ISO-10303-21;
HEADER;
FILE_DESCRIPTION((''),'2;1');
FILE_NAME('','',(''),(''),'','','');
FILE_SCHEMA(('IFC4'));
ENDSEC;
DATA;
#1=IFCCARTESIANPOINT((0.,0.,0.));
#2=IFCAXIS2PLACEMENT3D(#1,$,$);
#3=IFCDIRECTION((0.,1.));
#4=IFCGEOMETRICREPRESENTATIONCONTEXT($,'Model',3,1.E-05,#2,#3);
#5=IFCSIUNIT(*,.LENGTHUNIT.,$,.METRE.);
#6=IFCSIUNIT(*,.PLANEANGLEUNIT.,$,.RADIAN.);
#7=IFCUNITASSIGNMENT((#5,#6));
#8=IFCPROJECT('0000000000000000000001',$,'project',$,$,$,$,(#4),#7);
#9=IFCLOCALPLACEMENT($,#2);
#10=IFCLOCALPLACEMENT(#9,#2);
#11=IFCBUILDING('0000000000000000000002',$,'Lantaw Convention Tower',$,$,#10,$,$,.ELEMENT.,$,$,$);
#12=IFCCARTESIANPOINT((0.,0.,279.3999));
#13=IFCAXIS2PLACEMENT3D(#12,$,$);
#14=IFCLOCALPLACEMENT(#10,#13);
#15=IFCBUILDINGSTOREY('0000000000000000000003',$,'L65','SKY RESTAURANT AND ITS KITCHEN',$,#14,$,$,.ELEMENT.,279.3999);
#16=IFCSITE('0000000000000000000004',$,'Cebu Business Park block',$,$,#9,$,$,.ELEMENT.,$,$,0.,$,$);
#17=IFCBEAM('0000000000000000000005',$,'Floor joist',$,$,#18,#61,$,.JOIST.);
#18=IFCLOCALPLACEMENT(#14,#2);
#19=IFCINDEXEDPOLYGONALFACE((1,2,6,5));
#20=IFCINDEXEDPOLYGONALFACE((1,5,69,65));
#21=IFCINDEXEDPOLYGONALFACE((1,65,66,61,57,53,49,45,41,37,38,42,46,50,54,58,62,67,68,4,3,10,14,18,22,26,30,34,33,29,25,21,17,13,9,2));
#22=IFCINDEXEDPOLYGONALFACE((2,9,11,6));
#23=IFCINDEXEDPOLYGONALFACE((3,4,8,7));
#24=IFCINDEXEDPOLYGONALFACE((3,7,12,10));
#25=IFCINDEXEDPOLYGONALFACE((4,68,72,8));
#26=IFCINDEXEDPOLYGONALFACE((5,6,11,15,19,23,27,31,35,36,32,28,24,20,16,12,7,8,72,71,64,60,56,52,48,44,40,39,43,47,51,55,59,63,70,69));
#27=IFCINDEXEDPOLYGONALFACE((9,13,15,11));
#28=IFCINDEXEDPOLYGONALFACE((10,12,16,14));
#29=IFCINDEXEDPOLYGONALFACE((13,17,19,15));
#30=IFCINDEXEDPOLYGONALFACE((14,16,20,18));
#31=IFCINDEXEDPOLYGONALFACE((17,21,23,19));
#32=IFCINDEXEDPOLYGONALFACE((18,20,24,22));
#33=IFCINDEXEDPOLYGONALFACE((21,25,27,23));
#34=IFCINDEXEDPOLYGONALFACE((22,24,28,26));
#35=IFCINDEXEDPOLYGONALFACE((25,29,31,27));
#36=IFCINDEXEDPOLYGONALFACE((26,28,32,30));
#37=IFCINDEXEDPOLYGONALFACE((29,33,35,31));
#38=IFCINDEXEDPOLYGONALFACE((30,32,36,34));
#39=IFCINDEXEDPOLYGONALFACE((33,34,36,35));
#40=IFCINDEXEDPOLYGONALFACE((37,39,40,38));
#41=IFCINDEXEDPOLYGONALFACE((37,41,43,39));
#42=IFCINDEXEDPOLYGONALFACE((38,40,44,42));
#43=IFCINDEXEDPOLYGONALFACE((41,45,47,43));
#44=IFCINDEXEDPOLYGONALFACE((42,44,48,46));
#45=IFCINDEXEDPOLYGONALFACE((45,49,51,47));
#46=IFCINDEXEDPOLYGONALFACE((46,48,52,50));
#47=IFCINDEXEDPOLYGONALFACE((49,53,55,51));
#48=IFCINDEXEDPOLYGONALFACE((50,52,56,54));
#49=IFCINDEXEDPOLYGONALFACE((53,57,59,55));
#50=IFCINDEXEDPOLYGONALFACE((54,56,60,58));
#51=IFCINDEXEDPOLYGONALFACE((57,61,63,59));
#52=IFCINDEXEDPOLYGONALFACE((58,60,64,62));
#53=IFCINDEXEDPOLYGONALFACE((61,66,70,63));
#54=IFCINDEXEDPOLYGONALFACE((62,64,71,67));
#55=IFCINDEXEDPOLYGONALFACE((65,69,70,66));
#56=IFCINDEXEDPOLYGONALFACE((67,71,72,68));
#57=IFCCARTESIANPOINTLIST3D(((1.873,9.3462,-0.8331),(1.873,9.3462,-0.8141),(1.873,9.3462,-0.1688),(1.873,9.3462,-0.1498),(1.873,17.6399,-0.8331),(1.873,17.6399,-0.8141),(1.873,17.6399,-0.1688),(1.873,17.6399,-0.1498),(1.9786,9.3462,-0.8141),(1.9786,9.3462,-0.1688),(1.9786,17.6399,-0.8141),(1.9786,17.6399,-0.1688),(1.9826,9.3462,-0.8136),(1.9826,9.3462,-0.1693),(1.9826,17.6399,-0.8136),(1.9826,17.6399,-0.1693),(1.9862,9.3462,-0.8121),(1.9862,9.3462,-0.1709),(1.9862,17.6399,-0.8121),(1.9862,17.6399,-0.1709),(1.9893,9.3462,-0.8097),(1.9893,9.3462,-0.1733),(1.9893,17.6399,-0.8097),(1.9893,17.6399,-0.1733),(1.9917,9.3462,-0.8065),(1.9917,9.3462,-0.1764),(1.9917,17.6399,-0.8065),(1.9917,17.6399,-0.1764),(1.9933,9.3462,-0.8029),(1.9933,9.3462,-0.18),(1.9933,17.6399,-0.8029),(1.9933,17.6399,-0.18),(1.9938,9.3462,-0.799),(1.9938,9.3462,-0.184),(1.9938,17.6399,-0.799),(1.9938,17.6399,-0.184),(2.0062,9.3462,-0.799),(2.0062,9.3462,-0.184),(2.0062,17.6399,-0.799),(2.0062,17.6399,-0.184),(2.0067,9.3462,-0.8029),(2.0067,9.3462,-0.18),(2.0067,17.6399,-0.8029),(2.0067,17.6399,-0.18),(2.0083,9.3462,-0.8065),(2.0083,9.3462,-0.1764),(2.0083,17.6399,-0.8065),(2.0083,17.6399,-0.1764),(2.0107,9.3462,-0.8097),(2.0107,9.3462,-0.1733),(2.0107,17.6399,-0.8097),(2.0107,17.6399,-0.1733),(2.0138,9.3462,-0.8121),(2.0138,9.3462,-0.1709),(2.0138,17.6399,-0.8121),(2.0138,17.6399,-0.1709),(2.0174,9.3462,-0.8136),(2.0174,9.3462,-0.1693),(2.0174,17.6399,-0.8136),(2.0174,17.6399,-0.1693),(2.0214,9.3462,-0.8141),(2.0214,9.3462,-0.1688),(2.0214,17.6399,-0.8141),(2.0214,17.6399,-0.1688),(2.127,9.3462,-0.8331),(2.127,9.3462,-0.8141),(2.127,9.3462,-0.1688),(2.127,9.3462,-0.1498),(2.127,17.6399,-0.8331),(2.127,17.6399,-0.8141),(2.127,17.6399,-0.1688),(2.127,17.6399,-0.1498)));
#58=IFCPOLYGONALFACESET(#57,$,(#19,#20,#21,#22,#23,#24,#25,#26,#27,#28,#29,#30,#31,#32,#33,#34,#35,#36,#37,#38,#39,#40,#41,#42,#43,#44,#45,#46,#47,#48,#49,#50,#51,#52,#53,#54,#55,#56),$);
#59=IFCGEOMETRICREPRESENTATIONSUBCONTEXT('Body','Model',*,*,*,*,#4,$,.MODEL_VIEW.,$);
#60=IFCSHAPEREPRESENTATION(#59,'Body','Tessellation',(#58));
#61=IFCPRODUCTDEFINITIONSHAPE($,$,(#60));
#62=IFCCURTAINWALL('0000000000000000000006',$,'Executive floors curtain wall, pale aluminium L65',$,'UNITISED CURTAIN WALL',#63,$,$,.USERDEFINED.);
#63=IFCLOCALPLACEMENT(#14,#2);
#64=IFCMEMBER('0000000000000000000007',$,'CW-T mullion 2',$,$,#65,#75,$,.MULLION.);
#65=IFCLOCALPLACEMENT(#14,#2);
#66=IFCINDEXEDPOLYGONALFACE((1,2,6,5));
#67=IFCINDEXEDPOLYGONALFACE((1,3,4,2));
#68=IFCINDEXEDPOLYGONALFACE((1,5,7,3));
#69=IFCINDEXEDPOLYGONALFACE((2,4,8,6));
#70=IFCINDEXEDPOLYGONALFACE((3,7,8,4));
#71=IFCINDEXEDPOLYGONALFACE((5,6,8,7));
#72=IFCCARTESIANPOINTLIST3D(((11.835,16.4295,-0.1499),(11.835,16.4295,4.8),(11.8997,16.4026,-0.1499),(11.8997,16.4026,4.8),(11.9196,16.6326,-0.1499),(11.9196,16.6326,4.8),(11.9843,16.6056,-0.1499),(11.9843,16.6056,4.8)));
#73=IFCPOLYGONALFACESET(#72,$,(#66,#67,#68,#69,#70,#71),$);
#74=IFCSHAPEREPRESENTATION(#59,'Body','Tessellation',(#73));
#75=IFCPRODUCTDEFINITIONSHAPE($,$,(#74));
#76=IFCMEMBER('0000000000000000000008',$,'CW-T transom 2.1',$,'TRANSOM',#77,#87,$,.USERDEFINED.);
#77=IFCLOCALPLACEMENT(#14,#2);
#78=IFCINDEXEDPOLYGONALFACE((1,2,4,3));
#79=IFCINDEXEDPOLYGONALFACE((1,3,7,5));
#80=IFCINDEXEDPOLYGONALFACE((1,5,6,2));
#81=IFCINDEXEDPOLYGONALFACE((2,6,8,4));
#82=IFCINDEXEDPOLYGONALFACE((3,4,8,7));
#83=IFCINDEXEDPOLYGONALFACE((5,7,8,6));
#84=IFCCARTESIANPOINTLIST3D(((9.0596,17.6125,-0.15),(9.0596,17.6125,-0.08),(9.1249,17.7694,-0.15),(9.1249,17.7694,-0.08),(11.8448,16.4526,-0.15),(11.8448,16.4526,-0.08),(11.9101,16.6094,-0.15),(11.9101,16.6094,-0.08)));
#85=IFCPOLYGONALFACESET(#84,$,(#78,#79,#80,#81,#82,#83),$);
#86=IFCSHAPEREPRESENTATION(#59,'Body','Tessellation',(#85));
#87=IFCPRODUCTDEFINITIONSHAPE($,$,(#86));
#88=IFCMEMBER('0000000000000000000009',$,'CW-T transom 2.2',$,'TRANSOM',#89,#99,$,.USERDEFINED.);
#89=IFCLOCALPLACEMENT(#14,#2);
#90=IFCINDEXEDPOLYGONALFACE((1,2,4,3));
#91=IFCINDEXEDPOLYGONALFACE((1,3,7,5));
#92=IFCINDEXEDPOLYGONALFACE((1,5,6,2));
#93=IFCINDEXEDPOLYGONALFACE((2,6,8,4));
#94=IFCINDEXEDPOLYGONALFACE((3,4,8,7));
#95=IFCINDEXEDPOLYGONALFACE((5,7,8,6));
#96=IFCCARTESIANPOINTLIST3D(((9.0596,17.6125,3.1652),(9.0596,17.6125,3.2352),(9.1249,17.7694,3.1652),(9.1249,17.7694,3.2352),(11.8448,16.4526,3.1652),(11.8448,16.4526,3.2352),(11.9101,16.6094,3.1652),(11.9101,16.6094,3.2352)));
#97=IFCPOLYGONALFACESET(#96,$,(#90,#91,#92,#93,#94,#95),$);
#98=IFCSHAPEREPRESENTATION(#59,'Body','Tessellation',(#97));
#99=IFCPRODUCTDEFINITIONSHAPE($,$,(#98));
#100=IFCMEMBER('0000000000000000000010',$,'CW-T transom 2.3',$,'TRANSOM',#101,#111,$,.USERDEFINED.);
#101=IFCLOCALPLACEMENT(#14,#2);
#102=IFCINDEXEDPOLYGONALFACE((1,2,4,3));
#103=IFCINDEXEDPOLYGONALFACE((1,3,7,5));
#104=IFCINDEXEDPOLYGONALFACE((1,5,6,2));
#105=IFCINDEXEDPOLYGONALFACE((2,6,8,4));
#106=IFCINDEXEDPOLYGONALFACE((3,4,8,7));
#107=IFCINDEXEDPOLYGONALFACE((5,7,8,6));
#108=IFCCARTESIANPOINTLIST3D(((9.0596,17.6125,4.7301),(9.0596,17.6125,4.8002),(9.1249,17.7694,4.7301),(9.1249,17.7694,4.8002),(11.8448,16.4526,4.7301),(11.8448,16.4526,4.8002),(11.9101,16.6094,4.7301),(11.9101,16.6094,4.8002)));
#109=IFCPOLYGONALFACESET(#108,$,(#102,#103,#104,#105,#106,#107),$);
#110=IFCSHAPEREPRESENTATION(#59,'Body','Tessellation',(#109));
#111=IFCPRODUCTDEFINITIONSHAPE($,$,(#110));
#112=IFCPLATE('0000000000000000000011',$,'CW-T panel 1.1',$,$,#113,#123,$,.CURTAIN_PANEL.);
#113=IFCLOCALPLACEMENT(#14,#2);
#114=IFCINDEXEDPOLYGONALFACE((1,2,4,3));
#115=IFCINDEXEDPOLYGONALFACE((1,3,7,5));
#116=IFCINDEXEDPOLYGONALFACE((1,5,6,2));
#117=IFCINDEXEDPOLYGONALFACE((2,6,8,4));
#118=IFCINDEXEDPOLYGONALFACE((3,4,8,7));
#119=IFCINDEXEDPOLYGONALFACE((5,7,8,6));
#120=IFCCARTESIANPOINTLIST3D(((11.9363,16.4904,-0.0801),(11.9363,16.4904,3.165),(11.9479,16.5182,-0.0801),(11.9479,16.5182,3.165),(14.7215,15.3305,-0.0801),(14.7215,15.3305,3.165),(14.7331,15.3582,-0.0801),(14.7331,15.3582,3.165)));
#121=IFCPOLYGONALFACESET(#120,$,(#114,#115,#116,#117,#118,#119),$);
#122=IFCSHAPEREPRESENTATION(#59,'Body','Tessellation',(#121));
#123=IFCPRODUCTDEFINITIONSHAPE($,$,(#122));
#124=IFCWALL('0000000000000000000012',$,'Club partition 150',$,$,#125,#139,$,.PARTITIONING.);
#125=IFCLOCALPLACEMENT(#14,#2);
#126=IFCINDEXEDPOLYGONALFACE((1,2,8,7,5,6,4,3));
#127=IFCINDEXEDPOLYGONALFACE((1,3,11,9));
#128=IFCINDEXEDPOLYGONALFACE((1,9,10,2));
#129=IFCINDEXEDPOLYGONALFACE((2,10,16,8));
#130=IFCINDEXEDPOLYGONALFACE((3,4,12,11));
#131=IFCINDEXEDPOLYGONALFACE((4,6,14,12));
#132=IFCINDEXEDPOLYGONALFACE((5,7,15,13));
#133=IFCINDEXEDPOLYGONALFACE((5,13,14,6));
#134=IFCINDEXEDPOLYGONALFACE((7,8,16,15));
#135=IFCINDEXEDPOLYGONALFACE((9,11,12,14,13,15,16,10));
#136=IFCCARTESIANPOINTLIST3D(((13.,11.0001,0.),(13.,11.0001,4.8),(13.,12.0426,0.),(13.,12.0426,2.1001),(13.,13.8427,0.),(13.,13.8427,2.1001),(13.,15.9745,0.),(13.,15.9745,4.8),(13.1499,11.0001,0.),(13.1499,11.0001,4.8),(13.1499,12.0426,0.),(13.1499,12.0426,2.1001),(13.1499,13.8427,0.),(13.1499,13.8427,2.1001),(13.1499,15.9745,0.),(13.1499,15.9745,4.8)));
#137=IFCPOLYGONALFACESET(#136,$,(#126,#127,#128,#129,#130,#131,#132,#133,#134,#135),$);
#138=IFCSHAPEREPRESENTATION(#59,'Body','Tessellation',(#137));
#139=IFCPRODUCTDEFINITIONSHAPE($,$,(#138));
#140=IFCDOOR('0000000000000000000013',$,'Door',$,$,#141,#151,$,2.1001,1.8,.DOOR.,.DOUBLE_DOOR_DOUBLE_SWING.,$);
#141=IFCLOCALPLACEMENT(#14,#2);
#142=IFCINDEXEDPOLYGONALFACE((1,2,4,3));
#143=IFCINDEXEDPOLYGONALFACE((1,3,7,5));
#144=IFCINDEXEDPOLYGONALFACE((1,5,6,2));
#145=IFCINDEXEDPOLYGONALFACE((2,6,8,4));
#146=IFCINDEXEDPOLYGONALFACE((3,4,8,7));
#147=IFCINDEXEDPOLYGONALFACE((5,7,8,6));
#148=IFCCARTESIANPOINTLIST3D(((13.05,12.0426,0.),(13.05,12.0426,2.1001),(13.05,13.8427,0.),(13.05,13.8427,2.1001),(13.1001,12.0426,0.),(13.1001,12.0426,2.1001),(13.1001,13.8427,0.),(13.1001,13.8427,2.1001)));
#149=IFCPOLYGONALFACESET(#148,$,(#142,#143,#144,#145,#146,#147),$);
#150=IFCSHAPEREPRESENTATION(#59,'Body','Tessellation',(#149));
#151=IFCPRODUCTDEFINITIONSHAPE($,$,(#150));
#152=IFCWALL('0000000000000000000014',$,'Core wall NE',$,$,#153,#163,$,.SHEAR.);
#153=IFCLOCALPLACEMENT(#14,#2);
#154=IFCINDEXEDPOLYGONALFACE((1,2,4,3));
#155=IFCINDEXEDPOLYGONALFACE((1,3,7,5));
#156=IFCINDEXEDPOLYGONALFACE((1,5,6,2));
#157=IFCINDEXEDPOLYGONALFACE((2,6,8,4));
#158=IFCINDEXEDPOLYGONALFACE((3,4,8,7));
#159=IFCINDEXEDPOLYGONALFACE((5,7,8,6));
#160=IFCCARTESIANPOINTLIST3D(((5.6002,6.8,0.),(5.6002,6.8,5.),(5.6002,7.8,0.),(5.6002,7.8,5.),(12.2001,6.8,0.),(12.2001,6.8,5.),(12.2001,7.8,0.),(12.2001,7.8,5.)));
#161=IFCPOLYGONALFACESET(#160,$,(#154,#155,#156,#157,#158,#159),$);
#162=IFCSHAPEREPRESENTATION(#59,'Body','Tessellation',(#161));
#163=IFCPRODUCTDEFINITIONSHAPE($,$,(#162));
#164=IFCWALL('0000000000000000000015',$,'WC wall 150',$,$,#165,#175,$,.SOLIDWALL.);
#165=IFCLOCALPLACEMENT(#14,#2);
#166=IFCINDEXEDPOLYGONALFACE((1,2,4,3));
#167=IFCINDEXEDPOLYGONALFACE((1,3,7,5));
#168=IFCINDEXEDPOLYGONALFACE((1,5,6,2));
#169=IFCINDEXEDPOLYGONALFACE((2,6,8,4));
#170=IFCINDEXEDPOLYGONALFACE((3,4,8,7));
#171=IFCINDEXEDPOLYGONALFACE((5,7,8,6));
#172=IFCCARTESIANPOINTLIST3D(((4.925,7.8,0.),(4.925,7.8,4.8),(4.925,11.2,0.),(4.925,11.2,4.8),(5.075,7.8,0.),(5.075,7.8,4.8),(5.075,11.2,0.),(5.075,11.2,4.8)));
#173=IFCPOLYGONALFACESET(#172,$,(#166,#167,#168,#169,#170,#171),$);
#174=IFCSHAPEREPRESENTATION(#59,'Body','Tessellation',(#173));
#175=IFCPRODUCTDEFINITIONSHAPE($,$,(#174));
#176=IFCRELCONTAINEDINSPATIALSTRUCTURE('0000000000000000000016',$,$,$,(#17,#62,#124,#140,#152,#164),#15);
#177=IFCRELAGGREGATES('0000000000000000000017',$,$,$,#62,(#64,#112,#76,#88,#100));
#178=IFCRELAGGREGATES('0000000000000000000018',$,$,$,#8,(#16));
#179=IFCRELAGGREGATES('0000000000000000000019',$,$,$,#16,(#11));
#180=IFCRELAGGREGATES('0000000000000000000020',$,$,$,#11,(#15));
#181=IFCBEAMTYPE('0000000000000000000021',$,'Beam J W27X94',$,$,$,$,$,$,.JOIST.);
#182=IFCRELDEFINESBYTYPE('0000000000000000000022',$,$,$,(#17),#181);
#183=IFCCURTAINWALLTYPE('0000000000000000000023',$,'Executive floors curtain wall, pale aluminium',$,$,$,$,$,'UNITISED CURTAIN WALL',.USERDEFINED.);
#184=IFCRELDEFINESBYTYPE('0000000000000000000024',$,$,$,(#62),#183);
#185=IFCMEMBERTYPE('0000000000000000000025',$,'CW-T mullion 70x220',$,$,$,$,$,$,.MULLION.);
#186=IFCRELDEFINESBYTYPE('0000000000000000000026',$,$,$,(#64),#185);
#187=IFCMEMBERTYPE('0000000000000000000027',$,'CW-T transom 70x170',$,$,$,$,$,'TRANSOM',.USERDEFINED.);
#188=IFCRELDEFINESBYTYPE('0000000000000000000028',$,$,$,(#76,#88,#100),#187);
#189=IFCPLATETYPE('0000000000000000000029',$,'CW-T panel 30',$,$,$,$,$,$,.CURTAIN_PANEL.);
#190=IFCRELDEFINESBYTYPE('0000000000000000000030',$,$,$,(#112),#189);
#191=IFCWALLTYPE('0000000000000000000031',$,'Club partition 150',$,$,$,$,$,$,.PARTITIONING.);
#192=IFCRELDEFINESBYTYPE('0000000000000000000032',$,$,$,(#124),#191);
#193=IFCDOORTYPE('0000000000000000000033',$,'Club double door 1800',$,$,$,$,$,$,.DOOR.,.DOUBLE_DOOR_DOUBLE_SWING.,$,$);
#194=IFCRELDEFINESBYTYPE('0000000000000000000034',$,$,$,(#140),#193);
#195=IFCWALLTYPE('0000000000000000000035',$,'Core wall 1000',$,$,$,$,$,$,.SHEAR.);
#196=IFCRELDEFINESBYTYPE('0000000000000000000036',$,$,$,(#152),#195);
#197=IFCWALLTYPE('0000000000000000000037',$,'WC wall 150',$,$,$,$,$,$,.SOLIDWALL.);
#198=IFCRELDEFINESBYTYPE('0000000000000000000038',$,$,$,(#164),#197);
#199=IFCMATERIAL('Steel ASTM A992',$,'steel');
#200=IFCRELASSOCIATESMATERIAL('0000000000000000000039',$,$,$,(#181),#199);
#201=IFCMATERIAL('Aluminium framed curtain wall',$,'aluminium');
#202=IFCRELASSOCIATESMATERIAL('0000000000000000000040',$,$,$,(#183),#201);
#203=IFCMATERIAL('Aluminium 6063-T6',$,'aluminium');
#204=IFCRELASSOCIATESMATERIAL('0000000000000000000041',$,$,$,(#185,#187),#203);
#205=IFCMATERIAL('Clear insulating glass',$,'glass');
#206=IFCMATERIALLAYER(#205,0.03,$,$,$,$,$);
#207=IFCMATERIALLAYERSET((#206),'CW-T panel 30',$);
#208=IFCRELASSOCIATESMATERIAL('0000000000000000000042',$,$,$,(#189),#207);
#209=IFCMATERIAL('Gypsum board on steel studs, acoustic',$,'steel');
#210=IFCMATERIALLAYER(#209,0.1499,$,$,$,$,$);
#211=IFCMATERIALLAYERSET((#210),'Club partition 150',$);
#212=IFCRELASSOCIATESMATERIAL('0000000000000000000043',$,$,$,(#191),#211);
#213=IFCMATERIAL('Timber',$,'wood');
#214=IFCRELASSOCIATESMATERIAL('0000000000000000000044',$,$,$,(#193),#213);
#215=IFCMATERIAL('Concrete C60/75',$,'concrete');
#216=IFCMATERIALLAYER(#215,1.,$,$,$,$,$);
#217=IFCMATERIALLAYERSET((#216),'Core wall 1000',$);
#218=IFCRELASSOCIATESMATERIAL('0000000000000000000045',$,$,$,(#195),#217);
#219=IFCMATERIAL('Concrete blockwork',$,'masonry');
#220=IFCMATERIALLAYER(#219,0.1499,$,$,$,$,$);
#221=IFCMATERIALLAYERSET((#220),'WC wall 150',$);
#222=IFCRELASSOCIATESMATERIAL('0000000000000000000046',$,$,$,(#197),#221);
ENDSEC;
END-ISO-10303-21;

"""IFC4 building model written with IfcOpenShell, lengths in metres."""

from ifc_helpers import new_model, si_unit, direction, frame, frame_2d, origin, origin_2d, place, context, subcontext, project, spatial, rectangle, i_section, extrude, material, layer, layer_set, material_profile, profile_set, type_object, element, fill, aggregate, save


model = new_model("IFC4")

# Units and contexts
model_context = context("Model", 3, precision=1e-05, world=origin(), true_north=direction((0.0, 1.0)))
body_context = subcontext(model_context, "Body", "Model", "MODEL_VIEW")
ifc_project = project(units=[si_unit("LENGTHUNIT", "METRE"), si_unit("PLANEANGLEUNIT", "RADIAN")], contexts=[model_context])

# Site, building, storey
site_placement = place(None, origin())
site = spatial("IfcSite", under=ifc_project, at=site_placement, Name="Cebu Business Park block", CompositionType="ELEMENT", RefElevation=0.0)
building_placement = place(site_placement, origin())
building = spatial("IfcBuilding", under=site, at=building_placement, Name="Lantaw Convention Tower", CompositionType="ELEMENT")
storey_placement = place(building_placement, frame((0.0, 0.0, 279.3999)))
storey = spatial("IfcBuildingStorey", under=building, at=storey_placement, Name="L65", Description="SKY RESTAURANT AND ITS KITCHEN", CompositionType="ELEMENT", Elevation=279.3999)

# Shared definitions
ifc_material_1 = material(Name="Concrete C60/75", Category="concrete")

# Beam
ifc_material_2 = material(Name="Steel ASTM A992", Category="steel")
ifc_material_profile_1 = material_profile(ifc_material_2, i_section(OverallWidth=0.2539, OverallDepth=0.6833, WebThickness=0.0125, FlangeThickness=0.019, FilletRadius=0.0151, at=origin_2d()), Name="W27X94")
ifc_profile_set_1 = profile_set([ifc_material_profile_1], Name="Steel ASTM A992")
beam_type_1 = type_object("IfcBeamType", Name="Beam J W27X94", PredefinedType="JOIST", material=ifc_profile_set_1)
beam_1_placement = place(storey_placement, frame((2.0, 9.3462, -0.4915), z_axis=(0.0, 1.0, 0.0), x_axis=(-1.0, 0.0, 0.0)))
element("IfcBeam", 1, at=beam_1_placement, inside=storey, type_object=beam_type_1, Name="Floor joist", PredefinedType="JOIST", context=body_context, shape_type="SweptSolid", body=[
    extrude(i_section(OverallWidth=0.2539, OverallDepth=0.6833, WebThickness=0.0125, FlangeThickness=0.019, FilletRadius=0.0151, at=origin_2d()), origin(), (0.0, 0.0, 1.0), 8.2937),
])

# Curtain wall, members, plate
ifc_material_3 = material(Name="Aluminium framed curtain wall", Category="aluminium")
curtain_wall_type = type_object("IfcCurtainWallType", Name="Executive floors curtain wall, pale aluminium", ElementType="UNITISED CURTAIN WALL", PredefinedType="USERDEFINED", material=ifc_material_3)
curtain_wall_placement = place(storey_placement, origin())
curtain_wall = element("IfcCurtainWall", 2, at=curtain_wall_placement, inside=storey, type_object=curtain_wall_type, Name="Executive floors curtain wall, pale aluminium L65", ObjectType="UNITISED CURTAIN WALL", PredefinedType="USERDEFINED")
ifc_material_4 = material(Name="Aluminium 6063-T6", Category="aluminium")
ifc_material_profile_2 = material_profile(ifc_material_4, rectangle(XDim=0.22, YDim=0.0701, at=origin_2d()), Name="CW-T mullion 70x220")
ifc_profile_set_2 = profile_set([ifc_material_profile_2], Name="Aluminium 6063-T6")
member_type_1 = type_object("IfcMemberType", Name="CW-T mullion 70x220", PredefinedType="MULLION", material=ifc_profile_set_2)
member_1_placement = place(storey_placement, frame((11.9097, 16.5176, -0.1499), z_axis=(0.0, 0.0, 1.0), x_axis=(-0.38446, -0.923142, 0.0)))
member_1 = element("IfcMember", 3, at=member_1_placement, type_object=member_type_1, Name="CW-T mullion 2", PredefinedType="MULLION", context=body_context, shape_type="SweptSolid", body=[
    extrude(rectangle(XDim=0.22, YDim=0.0701, at=origin_2d()), origin(), (0.0, 0.0, 1.0), 4.95),
])
ifc_material_profile_3 = material_profile(ifc_material_4, rectangle(XDim=0.1699, YDim=0.0701, at=origin_2d()), Name="CW-T transom 70x170")
ifc_profile_set_3 = profile_set([ifc_material_profile_3], Name="Aluminium 6063-T6")
member_type_2 = type_object("IfcMemberType", Name="CW-T transom 70x170", ElementType="TRANSOM", PredefinedType="USERDEFINED", material=ifc_profile_set_3)
member_2_placement = place(storey_placement, frame((11.8774, 16.531, -0.115), z_axis=(-0.923144, 0.384454, 0.0), x_axis=(-0.384454, -0.923144, 0.0)))
member_2 = element("IfcMember", 4, at=member_2_placement, type_object=member_type_2, Name="CW-T transom 2.1", ObjectType="TRANSOM", PredefinedType="USERDEFINED", context=body_context, shape_type="SweptSolid", body=[
    extrude(rectangle(XDim=0.1699, YDim=0.0701, at=origin_2d()), origin(), (0.0, 0.0, 1.0), 3.0171),
])
member_3_placement = place(storey_placement, frame((11.8774, 16.531, 3.2002), z_axis=(-0.923144, 0.384454, 0.0), x_axis=(-0.384454, -0.923144, 0.0)))
member_3 = element("IfcMember", 5, at=member_3_placement, type_object=member_type_2, Name="CW-T transom 2.2", ObjectType="TRANSOM", PredefinedType="USERDEFINED", context=body_context, shape_type="SweptSolid", body=[
    extrude(rectangle(XDim=0.1699, YDim=0.0701, at=origin_2d()), origin(), (0.0, 0.0, 1.0), 3.0171),
])
member_4_placement = place(storey_placement, frame((11.8774, 16.531, 4.7651), z_axis=(-0.923144, 0.384454, 0.0), x_axis=(-0.384454, -0.923144, 0.0)))
member_4 = element("IfcMember", 6, at=member_4_placement, type_object=member_type_2, Name="CW-T transom 2.3", ObjectType="TRANSOM", PredefinedType="USERDEFINED", context=body_context, shape_type="SweptSolid", body=[
    extrude(rectangle(XDim=0.1699, YDim=0.0701, at=origin_2d()), origin(), (0.0, 0.0, 1.0), 3.0171),
])
ifc_material_5 = material(Name="Clear insulating glass", Category="glass")
ifc_layer_1 = layer(ifc_material_5, 0.03)
ifc_layer_set_1 = layer_set([ifc_layer_1], Name="CW-T panel 30")
plate_type = type_object("IfcPlateType", Name="CW-T panel 30", PredefinedType="CURTAIN_PANEL", material=ifc_layer_set_1)
plate_placement = place(storey_placement, frame((13.3347, 15.9243, -0.0801), z_axis=(0.0, 0.0, 1.0), x_axis=(-0.923142, 0.38446, 0.0)))
plate = element("IfcPlate", 7, at=plate_placement, type_object=plate_type, Name="CW-T panel 1.1", PredefinedType="CURTAIN_PANEL", context=body_context, shape_type="SweptSolid", body=[
    extrude(rectangle(XDim=3.0171, YDim=0.03, at=origin_2d()), origin(), (0.0, 0.0, 1.0), 3.2451),
])
aggregate(curtain_wall, [member_1, plate, member_2, member_3, member_4])

# Wall, opening, door
ifc_material_6 = material(Name="Gypsum board on steel studs, acoustic", Category="steel")
ifc_layer_2 = layer(ifc_material_6, 0.1499)
ifc_layer_set_2 = layer_set([ifc_layer_2], Name="Club partition 150")
wall_type_1 = type_object("IfcWallType", Name="Club partition 150", PredefinedType="PARTITIONING", material=ifc_layer_set_2)
wall_1_placement = place(storey_placement, frame((13.075, 11.0, 0.0), z_axis=(0.0, 0.0, 1.0), x_axis=(0.0, 1.0, 0.0)))
wall_1 = element("IfcWall", 8, at=wall_1_placement, inside=storey, type_object=wall_type_1, Name="Club partition 150", PredefinedType="PARTITIONING", context=body_context, shape_type="SweptSolid", body=[
    extrude(rectangle(XDim=4.9744, YDim=0.1499, at=frame_2d((2.4873, 0.0))), origin(), (0.0, 0.0, 1.0), 4.8),
])
opening_placement = place(wall_1_placement, frame((1.0427, 0.0, 0.0)))
opening = element("IfcOpeningElement", 9, at=opening_placement, cuts=wall_1, PredefinedType="OPENING", context=body_context, shape_type="SweptSolid", body=[
    extrude(rectangle(XDim=1.8, YDim=2.1001, at=frame_2d((0.8999, 1.05))), frame((0.0, 0.085, 0.0), z_axis=(0.0, -1.0, 0.0), x_axis=(1.0, 0.0, 0.0)), (0.0, 0.0, 1.0), 0.1699),
])
ifc_material_7 = material(Name="Timber", Category="wood")
door_type = type_object("IfcDoorType", Name="Club double door 1800", OperationType="DOUBLE_DOOR_DOUBLE_SWING", PredefinedType="DOOR", material=ifc_material_7)
door_placement = place(opening_placement, origin())
door = element("IfcDoor", 10, at=door_placement, inside=storey, type_object=door_type, Name="Door", OperationType="DOUBLE_DOOR_DOUBLE_SWING", OverallHeight=2.1001, OverallWidth=1.8, PredefinedType="DOOR", context=body_context, shape_type="SweptSolid", body=[
    extrude(rectangle(XDim=1.8, YDim=2.1001, at=frame_2d((0.8999, 1.05))), frame((0.0, 0.0249, 0.0), z_axis=(0.0, -1.0, 0.0), x_axis=(1.0, 0.0, 0.0)), (0.0, 0.0, 1.0), 0.05),
])
fill(opening, door)

# Walls
ifc_layer_3 = layer(ifc_material_1, 1.0)
ifc_layer_set_3 = layer_set([ifc_layer_3], Name="Core wall 1000")
wall_type_2 = type_object("IfcWallType", Name="Core wall 1000", PredefinedType="SHEAR", material=ifc_layer_set_3)
wall_2_placement = place(storey_placement, frame((12.2, 7.3, 0.0), z_axis=(0.0, 0.0, 1.0), x_axis=(-1.0, 0.0, 0.0)))
element("IfcWall", 11, at=wall_2_placement, inside=storey, type_object=wall_type_2, Name="Core wall NE", PredefinedType="SHEAR", context=body_context, shape_type="SweptSolid", body=[
    extrude(rectangle(XDim=6.5999, YDim=1.0, at=frame_2d((3.2998, 0.0))), origin(), (0.0, 0.0, 1.0), 5.0),
])
ifc_material_8 = material(Name="Concrete blockwork", Category="masonry")
ifc_layer_4 = layer(ifc_material_8, 0.1499)
ifc_layer_set_4 = layer_set([ifc_layer_4], Name="WC wall 150")
wall_type_3 = type_object("IfcWallType", Name="WC wall 150", PredefinedType="SOLIDWALL", material=ifc_layer_set_4)
wall_3_placement = place(storey_placement, frame((5.0, 7.8, 0.0), z_axis=(0.0, 0.0, 1.0), x_axis=(0.0, 1.0, 0.0)))
element("IfcWall", 12, at=wall_3_placement, inside=storey, type_object=wall_type_3, Name="WC wall 150", PredefinedType="SOLIDWALL", context=body_context, shape_type="SweptSolid", body=[
    extrude(rectangle(XDim=3.3999, YDim=0.1499, at=frame_2d((1.7, 0.0))), origin(), (0.0, 0.0, 1.0), 4.8),
])

save(model, "model.ifc")
